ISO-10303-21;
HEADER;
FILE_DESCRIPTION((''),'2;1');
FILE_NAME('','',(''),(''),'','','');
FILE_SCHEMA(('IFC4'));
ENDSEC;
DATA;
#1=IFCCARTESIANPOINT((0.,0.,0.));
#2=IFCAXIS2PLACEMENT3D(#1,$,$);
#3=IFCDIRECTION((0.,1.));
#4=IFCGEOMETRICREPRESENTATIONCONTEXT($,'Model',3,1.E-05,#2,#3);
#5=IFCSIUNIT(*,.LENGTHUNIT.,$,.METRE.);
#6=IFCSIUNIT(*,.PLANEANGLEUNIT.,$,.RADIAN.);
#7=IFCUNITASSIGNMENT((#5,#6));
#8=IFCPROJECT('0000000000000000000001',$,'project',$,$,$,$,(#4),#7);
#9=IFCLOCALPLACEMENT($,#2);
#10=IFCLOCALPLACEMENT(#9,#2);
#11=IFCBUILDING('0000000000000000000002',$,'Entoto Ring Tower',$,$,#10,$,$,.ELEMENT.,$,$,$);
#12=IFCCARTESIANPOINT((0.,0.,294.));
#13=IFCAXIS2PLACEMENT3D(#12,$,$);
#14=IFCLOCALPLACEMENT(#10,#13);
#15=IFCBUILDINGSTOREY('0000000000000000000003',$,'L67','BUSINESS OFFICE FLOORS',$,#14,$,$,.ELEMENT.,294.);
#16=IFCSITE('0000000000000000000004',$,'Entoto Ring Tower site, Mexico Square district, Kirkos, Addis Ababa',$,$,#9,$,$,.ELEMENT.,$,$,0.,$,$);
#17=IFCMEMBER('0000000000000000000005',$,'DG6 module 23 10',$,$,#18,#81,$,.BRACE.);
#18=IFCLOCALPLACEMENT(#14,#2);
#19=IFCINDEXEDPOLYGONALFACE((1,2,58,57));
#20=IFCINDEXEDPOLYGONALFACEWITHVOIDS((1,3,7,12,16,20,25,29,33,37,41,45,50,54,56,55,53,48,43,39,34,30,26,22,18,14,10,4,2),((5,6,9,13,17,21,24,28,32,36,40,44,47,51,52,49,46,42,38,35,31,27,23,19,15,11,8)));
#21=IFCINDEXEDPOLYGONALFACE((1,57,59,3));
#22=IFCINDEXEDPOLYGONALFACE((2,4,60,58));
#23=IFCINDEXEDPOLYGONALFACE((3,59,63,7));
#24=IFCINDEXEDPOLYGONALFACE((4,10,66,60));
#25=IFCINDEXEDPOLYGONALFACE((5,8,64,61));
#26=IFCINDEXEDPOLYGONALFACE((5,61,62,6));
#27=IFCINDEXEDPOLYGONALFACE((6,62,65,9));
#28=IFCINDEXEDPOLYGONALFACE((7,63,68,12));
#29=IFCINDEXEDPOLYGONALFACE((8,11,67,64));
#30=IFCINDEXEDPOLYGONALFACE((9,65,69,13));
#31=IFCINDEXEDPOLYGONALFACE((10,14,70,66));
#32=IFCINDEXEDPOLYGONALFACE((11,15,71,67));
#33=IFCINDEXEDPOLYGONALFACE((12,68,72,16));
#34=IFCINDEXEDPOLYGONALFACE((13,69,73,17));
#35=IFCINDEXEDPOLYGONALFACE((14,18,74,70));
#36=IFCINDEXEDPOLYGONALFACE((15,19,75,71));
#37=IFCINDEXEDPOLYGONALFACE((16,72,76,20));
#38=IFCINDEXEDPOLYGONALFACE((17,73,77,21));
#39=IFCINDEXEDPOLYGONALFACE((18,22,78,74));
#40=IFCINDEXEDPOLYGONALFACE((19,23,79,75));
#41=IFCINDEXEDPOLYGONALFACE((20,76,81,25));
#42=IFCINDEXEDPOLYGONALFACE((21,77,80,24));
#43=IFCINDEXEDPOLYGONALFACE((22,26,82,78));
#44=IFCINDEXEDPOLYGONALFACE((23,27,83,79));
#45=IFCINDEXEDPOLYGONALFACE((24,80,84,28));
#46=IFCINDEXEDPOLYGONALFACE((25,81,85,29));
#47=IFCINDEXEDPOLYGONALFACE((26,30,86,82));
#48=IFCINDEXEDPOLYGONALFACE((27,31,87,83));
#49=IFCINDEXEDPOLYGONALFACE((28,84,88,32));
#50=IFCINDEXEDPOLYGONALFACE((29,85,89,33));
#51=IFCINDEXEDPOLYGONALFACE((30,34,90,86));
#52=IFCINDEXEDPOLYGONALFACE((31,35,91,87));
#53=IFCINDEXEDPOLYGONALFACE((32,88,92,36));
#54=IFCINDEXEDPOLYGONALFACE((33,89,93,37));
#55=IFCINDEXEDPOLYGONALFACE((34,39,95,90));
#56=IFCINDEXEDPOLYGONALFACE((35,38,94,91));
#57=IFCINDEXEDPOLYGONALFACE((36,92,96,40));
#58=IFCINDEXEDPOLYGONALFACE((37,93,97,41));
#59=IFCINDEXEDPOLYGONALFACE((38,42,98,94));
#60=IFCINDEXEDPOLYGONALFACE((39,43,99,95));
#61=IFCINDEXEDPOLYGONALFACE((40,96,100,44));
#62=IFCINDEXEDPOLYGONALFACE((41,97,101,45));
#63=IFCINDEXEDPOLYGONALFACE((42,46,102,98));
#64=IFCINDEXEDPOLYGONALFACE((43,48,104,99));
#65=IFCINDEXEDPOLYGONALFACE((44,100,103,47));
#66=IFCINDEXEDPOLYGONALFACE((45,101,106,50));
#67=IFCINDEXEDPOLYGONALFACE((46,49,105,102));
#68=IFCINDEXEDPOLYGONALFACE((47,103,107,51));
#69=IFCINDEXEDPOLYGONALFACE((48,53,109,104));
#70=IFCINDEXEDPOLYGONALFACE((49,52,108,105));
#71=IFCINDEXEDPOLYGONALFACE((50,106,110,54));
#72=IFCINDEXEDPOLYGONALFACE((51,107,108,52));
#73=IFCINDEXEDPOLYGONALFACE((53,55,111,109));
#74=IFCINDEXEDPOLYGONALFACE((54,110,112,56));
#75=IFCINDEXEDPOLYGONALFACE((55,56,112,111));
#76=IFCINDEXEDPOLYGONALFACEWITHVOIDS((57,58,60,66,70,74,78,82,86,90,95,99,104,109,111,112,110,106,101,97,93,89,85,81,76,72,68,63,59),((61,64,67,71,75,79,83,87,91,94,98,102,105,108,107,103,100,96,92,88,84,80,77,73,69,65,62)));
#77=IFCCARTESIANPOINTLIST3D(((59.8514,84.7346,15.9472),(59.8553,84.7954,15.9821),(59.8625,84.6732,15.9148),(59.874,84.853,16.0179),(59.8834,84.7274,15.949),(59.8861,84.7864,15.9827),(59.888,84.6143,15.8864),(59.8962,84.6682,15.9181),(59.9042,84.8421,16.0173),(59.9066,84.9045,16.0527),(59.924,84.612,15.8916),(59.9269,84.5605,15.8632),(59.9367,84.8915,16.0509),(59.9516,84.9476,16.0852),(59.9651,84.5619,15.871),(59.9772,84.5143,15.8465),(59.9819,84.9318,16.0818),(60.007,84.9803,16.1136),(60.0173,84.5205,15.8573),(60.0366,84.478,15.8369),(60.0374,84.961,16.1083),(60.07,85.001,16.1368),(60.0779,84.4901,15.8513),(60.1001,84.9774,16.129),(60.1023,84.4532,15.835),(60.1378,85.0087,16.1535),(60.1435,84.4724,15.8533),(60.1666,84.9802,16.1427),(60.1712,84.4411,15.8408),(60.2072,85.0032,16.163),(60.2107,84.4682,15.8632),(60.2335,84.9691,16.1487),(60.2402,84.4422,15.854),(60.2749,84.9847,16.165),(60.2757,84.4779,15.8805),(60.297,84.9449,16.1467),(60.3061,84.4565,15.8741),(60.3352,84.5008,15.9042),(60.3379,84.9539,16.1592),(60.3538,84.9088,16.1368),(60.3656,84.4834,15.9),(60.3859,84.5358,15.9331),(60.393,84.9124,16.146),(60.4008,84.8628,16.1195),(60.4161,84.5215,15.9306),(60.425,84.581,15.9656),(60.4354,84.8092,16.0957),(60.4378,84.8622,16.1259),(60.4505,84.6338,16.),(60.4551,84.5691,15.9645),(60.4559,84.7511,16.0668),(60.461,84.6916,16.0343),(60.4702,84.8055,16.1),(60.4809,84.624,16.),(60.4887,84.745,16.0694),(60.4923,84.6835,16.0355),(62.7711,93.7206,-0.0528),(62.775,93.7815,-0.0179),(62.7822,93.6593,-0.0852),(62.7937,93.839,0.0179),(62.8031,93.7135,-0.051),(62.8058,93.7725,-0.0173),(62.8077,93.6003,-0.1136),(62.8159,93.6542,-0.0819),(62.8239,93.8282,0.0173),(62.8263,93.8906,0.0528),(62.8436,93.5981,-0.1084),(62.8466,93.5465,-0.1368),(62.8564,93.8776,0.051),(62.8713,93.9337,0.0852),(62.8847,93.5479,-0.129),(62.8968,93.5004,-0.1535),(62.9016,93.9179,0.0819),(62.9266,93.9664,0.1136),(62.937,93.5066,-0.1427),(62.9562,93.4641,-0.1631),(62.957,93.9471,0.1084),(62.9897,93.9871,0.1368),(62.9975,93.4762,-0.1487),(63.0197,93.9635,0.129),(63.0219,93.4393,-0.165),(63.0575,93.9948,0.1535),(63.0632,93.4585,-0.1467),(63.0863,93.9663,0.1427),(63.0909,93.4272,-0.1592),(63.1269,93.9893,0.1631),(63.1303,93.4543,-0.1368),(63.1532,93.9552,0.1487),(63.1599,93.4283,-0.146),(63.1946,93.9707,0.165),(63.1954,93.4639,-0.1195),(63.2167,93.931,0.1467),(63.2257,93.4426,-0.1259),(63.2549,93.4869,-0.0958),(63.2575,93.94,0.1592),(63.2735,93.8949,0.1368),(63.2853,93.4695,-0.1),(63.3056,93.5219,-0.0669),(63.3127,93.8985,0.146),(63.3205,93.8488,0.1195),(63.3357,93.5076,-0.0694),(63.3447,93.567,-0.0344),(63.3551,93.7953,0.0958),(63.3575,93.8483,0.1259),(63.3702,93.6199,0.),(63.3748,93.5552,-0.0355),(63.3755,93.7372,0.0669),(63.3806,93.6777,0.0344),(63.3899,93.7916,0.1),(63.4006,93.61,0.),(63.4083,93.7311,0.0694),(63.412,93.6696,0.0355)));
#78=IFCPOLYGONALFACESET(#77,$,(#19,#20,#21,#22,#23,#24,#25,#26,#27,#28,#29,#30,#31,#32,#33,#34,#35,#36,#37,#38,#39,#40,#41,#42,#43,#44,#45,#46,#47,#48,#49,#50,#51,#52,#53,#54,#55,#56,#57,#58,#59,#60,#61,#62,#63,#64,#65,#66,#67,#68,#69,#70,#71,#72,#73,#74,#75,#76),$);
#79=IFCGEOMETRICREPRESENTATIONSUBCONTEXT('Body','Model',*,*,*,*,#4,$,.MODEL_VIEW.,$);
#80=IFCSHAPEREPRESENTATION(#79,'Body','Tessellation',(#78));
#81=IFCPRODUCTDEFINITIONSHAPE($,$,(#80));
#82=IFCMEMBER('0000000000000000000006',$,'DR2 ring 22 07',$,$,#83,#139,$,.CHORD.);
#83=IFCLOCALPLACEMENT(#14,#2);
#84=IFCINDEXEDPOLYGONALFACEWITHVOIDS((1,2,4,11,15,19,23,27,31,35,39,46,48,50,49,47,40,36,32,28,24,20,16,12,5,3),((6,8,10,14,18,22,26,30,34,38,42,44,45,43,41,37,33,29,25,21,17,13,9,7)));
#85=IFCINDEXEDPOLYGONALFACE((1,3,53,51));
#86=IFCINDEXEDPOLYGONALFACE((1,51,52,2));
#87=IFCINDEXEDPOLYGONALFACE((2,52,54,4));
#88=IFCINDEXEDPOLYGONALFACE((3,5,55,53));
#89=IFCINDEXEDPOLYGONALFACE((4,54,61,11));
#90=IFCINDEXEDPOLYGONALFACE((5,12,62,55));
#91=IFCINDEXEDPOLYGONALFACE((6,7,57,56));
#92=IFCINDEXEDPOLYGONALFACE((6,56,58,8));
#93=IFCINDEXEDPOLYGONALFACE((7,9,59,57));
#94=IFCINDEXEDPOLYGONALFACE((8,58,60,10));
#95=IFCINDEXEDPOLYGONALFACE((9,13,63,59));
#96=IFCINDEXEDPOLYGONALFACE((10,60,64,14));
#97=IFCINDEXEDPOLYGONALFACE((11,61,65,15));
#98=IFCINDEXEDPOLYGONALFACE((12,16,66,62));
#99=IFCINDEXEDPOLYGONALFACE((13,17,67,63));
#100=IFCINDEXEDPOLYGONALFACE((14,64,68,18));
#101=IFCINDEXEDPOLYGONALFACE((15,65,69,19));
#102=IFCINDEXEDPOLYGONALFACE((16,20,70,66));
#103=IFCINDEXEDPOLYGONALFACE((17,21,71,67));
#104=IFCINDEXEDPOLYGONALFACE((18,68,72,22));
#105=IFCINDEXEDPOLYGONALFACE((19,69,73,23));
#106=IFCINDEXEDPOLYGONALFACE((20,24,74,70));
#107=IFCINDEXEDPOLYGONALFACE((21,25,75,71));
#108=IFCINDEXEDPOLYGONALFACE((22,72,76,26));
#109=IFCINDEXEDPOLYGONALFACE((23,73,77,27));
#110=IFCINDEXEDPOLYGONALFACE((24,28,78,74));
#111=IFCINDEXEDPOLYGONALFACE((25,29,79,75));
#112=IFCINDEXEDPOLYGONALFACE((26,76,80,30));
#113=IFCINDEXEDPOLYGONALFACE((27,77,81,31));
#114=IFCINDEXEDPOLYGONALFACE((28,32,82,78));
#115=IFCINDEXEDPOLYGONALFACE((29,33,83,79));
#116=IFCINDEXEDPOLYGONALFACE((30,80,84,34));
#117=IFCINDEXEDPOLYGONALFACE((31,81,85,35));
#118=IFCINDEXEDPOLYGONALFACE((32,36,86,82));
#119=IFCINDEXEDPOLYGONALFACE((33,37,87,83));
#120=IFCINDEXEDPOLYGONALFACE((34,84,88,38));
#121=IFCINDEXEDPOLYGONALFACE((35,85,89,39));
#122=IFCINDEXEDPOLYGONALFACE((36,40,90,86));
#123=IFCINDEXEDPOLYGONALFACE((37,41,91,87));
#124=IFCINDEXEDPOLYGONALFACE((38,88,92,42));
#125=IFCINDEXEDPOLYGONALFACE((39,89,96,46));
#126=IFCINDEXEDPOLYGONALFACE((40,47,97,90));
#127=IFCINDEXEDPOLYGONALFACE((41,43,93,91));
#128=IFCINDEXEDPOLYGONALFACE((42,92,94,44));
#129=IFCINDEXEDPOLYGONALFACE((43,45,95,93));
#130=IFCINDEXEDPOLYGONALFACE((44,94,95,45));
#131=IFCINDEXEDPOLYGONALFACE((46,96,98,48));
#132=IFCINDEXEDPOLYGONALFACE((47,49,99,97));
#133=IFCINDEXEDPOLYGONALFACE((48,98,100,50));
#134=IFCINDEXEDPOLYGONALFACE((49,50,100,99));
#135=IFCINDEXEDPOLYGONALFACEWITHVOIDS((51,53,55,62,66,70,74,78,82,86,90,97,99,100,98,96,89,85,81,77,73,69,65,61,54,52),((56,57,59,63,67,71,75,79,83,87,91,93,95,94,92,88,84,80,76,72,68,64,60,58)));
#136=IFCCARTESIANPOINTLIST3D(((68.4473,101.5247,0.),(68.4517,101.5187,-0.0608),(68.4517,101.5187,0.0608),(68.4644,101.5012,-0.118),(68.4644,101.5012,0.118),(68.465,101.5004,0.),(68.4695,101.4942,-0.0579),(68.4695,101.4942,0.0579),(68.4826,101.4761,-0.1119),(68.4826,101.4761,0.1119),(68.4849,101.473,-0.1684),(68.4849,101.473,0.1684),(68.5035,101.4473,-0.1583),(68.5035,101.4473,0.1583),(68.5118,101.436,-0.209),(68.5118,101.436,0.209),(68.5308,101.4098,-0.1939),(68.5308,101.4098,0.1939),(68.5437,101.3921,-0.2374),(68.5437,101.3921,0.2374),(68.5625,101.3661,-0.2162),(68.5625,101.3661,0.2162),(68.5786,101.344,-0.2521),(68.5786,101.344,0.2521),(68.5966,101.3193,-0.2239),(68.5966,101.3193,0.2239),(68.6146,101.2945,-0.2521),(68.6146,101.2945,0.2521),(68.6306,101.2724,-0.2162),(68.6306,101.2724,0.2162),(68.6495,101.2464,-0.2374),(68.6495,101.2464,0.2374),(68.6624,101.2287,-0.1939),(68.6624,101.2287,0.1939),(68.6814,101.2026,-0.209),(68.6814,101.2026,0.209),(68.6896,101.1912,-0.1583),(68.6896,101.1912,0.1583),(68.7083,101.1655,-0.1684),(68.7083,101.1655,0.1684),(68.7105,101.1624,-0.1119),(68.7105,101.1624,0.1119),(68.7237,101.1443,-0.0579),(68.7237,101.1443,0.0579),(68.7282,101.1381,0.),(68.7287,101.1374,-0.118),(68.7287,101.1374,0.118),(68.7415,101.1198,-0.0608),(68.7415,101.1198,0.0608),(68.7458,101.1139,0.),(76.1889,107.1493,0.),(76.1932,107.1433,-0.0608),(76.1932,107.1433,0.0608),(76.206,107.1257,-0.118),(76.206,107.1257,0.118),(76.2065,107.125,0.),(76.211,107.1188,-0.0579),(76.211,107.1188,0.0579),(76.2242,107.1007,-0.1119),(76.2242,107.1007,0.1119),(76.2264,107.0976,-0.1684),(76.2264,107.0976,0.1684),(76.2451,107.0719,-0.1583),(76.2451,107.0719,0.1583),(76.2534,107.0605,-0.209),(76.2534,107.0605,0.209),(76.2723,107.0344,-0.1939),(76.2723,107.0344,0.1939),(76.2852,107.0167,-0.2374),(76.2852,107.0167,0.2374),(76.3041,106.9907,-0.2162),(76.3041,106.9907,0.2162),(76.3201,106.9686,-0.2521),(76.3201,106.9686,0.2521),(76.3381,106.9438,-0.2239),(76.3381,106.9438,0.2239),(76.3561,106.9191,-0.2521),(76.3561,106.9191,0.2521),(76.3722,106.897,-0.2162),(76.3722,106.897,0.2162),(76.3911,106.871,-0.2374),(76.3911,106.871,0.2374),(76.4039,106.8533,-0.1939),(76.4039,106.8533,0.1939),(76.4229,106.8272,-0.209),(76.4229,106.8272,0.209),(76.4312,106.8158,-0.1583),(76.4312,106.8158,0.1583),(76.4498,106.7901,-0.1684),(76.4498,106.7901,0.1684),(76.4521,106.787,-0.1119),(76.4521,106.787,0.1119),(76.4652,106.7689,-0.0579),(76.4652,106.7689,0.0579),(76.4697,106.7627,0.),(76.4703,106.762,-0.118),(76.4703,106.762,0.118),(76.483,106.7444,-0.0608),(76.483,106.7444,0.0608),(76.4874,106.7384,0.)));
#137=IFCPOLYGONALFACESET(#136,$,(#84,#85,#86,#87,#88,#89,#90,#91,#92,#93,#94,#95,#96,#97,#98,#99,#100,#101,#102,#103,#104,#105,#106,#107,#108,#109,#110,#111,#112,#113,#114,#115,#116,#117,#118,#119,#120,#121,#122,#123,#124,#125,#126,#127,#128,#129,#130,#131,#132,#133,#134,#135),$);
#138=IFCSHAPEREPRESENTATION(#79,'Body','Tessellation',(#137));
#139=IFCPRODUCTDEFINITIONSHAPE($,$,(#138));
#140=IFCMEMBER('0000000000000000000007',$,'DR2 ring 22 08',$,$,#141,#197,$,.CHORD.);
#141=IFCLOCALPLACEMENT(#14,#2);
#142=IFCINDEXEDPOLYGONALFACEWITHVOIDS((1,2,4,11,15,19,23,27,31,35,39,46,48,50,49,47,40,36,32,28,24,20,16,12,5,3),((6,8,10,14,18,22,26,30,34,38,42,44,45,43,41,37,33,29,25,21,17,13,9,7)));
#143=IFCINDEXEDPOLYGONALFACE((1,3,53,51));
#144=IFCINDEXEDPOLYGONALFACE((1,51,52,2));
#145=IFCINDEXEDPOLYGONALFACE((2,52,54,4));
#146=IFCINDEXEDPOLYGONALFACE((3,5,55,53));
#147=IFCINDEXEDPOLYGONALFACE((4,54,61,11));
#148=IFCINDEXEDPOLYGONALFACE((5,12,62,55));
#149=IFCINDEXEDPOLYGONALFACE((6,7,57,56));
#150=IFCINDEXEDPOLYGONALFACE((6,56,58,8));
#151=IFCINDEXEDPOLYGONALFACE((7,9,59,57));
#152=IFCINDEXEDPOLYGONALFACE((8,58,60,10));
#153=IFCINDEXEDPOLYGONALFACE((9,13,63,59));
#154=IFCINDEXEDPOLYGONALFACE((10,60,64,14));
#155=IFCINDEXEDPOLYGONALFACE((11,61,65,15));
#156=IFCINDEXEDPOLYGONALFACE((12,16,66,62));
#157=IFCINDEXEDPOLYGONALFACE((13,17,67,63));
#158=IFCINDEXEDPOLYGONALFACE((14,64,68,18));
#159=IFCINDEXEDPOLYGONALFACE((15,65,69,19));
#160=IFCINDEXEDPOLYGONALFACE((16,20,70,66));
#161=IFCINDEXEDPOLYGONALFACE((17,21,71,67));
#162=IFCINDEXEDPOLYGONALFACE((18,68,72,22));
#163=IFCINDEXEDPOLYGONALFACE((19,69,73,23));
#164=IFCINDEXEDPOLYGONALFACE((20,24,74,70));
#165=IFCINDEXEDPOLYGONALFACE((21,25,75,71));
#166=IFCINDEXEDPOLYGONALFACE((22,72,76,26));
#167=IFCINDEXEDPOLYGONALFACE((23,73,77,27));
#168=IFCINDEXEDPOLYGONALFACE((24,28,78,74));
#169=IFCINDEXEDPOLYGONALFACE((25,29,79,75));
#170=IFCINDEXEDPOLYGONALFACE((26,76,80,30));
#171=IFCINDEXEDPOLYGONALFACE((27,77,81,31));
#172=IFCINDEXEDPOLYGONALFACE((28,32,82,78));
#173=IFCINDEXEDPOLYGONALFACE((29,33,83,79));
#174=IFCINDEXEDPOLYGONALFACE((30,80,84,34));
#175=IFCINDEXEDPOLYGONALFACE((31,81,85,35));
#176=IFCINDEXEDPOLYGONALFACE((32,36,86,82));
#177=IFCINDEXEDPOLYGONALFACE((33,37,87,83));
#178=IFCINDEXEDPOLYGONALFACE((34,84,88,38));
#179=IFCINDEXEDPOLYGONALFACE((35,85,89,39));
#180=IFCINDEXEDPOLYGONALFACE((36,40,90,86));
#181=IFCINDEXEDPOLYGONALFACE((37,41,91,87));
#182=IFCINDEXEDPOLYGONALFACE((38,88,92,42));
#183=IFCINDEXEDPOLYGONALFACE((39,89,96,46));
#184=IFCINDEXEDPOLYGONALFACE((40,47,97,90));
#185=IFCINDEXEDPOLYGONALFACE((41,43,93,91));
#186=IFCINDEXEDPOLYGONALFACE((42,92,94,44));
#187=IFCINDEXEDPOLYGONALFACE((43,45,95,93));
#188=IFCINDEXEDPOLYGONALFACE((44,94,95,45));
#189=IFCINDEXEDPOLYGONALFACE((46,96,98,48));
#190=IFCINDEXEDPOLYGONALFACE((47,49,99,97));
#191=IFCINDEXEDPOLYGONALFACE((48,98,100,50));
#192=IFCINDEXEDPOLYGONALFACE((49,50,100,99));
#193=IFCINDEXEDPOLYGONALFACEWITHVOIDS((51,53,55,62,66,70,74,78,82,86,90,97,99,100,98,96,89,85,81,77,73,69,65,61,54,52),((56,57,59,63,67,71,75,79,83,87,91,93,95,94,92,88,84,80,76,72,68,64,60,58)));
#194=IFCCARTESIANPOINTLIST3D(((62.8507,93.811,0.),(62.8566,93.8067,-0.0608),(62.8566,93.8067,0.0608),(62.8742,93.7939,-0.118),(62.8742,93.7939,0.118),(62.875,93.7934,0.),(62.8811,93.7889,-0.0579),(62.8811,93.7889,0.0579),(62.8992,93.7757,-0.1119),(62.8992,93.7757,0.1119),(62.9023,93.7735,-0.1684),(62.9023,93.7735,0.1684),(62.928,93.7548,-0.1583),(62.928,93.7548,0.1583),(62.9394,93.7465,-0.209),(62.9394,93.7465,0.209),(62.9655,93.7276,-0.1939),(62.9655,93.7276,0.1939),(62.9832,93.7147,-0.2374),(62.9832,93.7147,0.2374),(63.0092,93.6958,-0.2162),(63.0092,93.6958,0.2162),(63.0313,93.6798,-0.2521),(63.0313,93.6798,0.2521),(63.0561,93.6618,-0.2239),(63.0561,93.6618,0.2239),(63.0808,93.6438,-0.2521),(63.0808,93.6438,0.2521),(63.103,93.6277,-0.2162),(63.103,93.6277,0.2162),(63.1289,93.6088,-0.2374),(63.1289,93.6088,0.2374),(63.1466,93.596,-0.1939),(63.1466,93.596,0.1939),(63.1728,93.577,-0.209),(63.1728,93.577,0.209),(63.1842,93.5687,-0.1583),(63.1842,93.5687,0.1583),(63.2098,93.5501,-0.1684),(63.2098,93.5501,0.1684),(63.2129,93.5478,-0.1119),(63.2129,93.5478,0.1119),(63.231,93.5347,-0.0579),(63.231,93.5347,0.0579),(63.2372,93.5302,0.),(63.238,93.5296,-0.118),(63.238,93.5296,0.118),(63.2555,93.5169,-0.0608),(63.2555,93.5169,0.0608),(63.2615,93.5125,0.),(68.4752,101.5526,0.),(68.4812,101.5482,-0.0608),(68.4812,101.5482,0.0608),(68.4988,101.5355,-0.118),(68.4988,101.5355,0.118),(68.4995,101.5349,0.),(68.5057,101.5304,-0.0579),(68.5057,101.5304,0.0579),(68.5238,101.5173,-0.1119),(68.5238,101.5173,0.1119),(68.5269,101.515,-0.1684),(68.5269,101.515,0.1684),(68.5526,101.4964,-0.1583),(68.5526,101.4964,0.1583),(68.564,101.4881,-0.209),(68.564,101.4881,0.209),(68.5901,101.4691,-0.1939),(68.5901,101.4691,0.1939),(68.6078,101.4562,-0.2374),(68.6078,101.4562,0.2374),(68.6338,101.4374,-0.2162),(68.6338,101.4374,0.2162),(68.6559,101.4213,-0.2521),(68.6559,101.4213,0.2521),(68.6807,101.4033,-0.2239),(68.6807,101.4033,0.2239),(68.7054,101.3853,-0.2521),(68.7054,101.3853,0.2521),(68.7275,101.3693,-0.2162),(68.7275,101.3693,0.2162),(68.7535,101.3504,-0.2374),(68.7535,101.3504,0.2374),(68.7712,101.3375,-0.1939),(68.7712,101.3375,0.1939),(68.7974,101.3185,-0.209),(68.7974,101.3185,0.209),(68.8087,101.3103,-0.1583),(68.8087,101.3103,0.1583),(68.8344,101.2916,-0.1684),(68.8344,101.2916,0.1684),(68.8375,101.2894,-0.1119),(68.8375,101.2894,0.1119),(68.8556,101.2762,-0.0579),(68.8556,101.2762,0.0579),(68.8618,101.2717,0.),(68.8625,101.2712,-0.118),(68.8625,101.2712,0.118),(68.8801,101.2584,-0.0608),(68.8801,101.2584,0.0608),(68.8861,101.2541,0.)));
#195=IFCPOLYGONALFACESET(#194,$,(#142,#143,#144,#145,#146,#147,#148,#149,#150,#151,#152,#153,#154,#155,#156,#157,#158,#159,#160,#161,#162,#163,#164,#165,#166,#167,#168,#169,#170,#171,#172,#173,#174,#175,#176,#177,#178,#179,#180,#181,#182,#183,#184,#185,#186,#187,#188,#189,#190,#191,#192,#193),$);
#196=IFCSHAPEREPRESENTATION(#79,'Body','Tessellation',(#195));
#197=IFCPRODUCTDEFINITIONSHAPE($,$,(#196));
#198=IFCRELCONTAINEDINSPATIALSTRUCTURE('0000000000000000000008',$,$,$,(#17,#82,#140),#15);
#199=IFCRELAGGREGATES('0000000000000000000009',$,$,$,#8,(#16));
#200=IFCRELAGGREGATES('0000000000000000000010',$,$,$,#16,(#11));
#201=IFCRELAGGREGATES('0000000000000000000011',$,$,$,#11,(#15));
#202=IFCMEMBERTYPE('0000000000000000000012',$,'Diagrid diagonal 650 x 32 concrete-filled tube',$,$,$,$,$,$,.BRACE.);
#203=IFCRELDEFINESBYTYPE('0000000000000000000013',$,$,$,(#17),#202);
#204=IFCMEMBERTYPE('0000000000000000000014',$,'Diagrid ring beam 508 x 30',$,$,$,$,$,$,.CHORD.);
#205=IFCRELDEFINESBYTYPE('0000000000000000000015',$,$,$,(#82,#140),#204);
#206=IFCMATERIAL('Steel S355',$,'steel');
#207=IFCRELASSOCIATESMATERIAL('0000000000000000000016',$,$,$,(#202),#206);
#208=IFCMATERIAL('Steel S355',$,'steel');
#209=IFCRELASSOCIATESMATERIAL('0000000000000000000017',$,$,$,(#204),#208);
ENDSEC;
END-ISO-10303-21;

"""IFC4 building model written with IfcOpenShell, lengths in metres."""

from ifc_helpers import new_model, si_unit, direction, frame, origin, origin_2d, place, context, subcontext, project, spatial, circle, hollow_circle, extrude, material, material_profile, profile_set, type_object, element, save


model = new_model("IFC4")

# Units and contexts
model_context = context("Model", 3, precision=1e-05, world=origin(), true_north=direction((0.0, 1.0)))
body_context = subcontext(model_context, "Body", "Model", "MODEL_VIEW")
ifc_project = project(units=[si_unit("LENGTHUNIT", "METRE"), si_unit("PLANEANGLEUNIT", "RADIAN")], contexts=[model_context])

# Site, building, storey
site_placement = place(None, origin())
site = spatial("IfcSite", under=ifc_project, at=site_placement, Name="Entoto Ring Tower site, Mexico Square district, Kirkos, Addis Ababa", CompositionType="ELEMENT", RefElevation=0.0)
building_placement = place(site_placement, origin())
building = spatial("IfcBuilding", under=site, at=building_placement, Name="Entoto Ring Tower", CompositionType="ELEMENT")
storey_placement = place(building_placement, frame((0.0, 0.0, 294.0)))
storey = spatial("IfcBuildingStorey", under=building, at=storey_placement, Name="L67", Description="BUSINESS OFFICE FLOORS", CompositionType="ELEMENT", Elevation=294.0)

# Members
ifc_material_1 = material(Name="Steel S355", Category="steel")
ifc_material_profile_1 = material_profile(ifc_material_1, hollow_circle(Radius=0.325, WallThickness=0.032, at=origin_2d()), Name="CHS 650 x 32")
ifc_material_2 = material(Name="Concrete C60/75", Category="concrete")
ifc_material_profile_2 = material_profile(ifc_material_2, circle(Radius=0.293, at=origin_2d()), Name="Concrete C60/75 infill")
ifc_profile_set_1 = profile_set([ifc_material_profile_1, ifc_material_profile_2], Name="Steel S355")
member_type_1 = type_object("IfcMemberType", Name="Diagrid diagonal 650 x 32 concrete-filled tube", PredefinedType="BRACE", material=ifc_profile_set_1)
member_1_placement = place(storey_placement, frame((63.0916, 93.7104, 0.0), z_axis=(-0.157128, -0.483602, 0.861069), x_axis=(0.951059, -0.30901, 0.0)))
element("IfcMember", 1, at=member_1_placement, inside=storey, type_object=member_type_1, Name="DG6 module 23 10", PredefinedType="BRACE", context=body_context, shape_type="SweptSolid", body=[
    extrude(hollow_circle(Radius=0.325, WallThickness=0.032, at=origin_2d()), origin(), (0.0, 0.0, 1.0), 18.5815),
])
ifc_material_3 = material(Name="Steel S355", Category="steel")
ifc_material_profile_3 = material_profile(ifc_material_3, hollow_circle(Radius=0.2539, WallThickness=0.03, at=origin_2d()), Name="CHS 508 x 30")
ifc_material_4 = material(Name="Concrete C60/75", Category="concrete")
ifc_material_profile_4 = material_profile(ifc_material_4, circle(Radius=0.2241, at=origin_2d()), Name="Concrete C60/75 infill")
ifc_profile_set_2 = profile_set([ifc_material_profile_3, ifc_material_profile_4], Name="Steel S355")
member_type_2 = type_object("IfcMemberType", Name="Diagrid ring beam 508 x 30", PredefinedType="CHORD", material=ifc_profile_set_2)
for number, where, z_axis, x_axis, name in (
    (2, (76.3381, 106.9438, 0.0), (-0.809016, -0.587786, 0.0), (0.587786, -0.809016, 0.0), "DR2 ring 22 07"),
    (3, (68.6807, 101.4033, 0.0), (-0.587786, -0.809016, 0.0), (0.809016, -0.587786, 0.0), "DR2 ring 22 08"),
):
    element("IfcMember", number, at=place(storey_placement, frame(where, z_axis=z_axis, x_axis=x_axis)), inside=storey, type_object=member_type_2, Name=name, PredefinedType="CHORD", context=body_context, shape_type="SweptSolid", body=[
        extrude(hollow_circle(Radius=0.2539, WallThickness=0.03, at=origin_2d()), origin(), (0.0, 0.0, 1.0), 9.5691),
    ])

save(model, "model.ifc")
